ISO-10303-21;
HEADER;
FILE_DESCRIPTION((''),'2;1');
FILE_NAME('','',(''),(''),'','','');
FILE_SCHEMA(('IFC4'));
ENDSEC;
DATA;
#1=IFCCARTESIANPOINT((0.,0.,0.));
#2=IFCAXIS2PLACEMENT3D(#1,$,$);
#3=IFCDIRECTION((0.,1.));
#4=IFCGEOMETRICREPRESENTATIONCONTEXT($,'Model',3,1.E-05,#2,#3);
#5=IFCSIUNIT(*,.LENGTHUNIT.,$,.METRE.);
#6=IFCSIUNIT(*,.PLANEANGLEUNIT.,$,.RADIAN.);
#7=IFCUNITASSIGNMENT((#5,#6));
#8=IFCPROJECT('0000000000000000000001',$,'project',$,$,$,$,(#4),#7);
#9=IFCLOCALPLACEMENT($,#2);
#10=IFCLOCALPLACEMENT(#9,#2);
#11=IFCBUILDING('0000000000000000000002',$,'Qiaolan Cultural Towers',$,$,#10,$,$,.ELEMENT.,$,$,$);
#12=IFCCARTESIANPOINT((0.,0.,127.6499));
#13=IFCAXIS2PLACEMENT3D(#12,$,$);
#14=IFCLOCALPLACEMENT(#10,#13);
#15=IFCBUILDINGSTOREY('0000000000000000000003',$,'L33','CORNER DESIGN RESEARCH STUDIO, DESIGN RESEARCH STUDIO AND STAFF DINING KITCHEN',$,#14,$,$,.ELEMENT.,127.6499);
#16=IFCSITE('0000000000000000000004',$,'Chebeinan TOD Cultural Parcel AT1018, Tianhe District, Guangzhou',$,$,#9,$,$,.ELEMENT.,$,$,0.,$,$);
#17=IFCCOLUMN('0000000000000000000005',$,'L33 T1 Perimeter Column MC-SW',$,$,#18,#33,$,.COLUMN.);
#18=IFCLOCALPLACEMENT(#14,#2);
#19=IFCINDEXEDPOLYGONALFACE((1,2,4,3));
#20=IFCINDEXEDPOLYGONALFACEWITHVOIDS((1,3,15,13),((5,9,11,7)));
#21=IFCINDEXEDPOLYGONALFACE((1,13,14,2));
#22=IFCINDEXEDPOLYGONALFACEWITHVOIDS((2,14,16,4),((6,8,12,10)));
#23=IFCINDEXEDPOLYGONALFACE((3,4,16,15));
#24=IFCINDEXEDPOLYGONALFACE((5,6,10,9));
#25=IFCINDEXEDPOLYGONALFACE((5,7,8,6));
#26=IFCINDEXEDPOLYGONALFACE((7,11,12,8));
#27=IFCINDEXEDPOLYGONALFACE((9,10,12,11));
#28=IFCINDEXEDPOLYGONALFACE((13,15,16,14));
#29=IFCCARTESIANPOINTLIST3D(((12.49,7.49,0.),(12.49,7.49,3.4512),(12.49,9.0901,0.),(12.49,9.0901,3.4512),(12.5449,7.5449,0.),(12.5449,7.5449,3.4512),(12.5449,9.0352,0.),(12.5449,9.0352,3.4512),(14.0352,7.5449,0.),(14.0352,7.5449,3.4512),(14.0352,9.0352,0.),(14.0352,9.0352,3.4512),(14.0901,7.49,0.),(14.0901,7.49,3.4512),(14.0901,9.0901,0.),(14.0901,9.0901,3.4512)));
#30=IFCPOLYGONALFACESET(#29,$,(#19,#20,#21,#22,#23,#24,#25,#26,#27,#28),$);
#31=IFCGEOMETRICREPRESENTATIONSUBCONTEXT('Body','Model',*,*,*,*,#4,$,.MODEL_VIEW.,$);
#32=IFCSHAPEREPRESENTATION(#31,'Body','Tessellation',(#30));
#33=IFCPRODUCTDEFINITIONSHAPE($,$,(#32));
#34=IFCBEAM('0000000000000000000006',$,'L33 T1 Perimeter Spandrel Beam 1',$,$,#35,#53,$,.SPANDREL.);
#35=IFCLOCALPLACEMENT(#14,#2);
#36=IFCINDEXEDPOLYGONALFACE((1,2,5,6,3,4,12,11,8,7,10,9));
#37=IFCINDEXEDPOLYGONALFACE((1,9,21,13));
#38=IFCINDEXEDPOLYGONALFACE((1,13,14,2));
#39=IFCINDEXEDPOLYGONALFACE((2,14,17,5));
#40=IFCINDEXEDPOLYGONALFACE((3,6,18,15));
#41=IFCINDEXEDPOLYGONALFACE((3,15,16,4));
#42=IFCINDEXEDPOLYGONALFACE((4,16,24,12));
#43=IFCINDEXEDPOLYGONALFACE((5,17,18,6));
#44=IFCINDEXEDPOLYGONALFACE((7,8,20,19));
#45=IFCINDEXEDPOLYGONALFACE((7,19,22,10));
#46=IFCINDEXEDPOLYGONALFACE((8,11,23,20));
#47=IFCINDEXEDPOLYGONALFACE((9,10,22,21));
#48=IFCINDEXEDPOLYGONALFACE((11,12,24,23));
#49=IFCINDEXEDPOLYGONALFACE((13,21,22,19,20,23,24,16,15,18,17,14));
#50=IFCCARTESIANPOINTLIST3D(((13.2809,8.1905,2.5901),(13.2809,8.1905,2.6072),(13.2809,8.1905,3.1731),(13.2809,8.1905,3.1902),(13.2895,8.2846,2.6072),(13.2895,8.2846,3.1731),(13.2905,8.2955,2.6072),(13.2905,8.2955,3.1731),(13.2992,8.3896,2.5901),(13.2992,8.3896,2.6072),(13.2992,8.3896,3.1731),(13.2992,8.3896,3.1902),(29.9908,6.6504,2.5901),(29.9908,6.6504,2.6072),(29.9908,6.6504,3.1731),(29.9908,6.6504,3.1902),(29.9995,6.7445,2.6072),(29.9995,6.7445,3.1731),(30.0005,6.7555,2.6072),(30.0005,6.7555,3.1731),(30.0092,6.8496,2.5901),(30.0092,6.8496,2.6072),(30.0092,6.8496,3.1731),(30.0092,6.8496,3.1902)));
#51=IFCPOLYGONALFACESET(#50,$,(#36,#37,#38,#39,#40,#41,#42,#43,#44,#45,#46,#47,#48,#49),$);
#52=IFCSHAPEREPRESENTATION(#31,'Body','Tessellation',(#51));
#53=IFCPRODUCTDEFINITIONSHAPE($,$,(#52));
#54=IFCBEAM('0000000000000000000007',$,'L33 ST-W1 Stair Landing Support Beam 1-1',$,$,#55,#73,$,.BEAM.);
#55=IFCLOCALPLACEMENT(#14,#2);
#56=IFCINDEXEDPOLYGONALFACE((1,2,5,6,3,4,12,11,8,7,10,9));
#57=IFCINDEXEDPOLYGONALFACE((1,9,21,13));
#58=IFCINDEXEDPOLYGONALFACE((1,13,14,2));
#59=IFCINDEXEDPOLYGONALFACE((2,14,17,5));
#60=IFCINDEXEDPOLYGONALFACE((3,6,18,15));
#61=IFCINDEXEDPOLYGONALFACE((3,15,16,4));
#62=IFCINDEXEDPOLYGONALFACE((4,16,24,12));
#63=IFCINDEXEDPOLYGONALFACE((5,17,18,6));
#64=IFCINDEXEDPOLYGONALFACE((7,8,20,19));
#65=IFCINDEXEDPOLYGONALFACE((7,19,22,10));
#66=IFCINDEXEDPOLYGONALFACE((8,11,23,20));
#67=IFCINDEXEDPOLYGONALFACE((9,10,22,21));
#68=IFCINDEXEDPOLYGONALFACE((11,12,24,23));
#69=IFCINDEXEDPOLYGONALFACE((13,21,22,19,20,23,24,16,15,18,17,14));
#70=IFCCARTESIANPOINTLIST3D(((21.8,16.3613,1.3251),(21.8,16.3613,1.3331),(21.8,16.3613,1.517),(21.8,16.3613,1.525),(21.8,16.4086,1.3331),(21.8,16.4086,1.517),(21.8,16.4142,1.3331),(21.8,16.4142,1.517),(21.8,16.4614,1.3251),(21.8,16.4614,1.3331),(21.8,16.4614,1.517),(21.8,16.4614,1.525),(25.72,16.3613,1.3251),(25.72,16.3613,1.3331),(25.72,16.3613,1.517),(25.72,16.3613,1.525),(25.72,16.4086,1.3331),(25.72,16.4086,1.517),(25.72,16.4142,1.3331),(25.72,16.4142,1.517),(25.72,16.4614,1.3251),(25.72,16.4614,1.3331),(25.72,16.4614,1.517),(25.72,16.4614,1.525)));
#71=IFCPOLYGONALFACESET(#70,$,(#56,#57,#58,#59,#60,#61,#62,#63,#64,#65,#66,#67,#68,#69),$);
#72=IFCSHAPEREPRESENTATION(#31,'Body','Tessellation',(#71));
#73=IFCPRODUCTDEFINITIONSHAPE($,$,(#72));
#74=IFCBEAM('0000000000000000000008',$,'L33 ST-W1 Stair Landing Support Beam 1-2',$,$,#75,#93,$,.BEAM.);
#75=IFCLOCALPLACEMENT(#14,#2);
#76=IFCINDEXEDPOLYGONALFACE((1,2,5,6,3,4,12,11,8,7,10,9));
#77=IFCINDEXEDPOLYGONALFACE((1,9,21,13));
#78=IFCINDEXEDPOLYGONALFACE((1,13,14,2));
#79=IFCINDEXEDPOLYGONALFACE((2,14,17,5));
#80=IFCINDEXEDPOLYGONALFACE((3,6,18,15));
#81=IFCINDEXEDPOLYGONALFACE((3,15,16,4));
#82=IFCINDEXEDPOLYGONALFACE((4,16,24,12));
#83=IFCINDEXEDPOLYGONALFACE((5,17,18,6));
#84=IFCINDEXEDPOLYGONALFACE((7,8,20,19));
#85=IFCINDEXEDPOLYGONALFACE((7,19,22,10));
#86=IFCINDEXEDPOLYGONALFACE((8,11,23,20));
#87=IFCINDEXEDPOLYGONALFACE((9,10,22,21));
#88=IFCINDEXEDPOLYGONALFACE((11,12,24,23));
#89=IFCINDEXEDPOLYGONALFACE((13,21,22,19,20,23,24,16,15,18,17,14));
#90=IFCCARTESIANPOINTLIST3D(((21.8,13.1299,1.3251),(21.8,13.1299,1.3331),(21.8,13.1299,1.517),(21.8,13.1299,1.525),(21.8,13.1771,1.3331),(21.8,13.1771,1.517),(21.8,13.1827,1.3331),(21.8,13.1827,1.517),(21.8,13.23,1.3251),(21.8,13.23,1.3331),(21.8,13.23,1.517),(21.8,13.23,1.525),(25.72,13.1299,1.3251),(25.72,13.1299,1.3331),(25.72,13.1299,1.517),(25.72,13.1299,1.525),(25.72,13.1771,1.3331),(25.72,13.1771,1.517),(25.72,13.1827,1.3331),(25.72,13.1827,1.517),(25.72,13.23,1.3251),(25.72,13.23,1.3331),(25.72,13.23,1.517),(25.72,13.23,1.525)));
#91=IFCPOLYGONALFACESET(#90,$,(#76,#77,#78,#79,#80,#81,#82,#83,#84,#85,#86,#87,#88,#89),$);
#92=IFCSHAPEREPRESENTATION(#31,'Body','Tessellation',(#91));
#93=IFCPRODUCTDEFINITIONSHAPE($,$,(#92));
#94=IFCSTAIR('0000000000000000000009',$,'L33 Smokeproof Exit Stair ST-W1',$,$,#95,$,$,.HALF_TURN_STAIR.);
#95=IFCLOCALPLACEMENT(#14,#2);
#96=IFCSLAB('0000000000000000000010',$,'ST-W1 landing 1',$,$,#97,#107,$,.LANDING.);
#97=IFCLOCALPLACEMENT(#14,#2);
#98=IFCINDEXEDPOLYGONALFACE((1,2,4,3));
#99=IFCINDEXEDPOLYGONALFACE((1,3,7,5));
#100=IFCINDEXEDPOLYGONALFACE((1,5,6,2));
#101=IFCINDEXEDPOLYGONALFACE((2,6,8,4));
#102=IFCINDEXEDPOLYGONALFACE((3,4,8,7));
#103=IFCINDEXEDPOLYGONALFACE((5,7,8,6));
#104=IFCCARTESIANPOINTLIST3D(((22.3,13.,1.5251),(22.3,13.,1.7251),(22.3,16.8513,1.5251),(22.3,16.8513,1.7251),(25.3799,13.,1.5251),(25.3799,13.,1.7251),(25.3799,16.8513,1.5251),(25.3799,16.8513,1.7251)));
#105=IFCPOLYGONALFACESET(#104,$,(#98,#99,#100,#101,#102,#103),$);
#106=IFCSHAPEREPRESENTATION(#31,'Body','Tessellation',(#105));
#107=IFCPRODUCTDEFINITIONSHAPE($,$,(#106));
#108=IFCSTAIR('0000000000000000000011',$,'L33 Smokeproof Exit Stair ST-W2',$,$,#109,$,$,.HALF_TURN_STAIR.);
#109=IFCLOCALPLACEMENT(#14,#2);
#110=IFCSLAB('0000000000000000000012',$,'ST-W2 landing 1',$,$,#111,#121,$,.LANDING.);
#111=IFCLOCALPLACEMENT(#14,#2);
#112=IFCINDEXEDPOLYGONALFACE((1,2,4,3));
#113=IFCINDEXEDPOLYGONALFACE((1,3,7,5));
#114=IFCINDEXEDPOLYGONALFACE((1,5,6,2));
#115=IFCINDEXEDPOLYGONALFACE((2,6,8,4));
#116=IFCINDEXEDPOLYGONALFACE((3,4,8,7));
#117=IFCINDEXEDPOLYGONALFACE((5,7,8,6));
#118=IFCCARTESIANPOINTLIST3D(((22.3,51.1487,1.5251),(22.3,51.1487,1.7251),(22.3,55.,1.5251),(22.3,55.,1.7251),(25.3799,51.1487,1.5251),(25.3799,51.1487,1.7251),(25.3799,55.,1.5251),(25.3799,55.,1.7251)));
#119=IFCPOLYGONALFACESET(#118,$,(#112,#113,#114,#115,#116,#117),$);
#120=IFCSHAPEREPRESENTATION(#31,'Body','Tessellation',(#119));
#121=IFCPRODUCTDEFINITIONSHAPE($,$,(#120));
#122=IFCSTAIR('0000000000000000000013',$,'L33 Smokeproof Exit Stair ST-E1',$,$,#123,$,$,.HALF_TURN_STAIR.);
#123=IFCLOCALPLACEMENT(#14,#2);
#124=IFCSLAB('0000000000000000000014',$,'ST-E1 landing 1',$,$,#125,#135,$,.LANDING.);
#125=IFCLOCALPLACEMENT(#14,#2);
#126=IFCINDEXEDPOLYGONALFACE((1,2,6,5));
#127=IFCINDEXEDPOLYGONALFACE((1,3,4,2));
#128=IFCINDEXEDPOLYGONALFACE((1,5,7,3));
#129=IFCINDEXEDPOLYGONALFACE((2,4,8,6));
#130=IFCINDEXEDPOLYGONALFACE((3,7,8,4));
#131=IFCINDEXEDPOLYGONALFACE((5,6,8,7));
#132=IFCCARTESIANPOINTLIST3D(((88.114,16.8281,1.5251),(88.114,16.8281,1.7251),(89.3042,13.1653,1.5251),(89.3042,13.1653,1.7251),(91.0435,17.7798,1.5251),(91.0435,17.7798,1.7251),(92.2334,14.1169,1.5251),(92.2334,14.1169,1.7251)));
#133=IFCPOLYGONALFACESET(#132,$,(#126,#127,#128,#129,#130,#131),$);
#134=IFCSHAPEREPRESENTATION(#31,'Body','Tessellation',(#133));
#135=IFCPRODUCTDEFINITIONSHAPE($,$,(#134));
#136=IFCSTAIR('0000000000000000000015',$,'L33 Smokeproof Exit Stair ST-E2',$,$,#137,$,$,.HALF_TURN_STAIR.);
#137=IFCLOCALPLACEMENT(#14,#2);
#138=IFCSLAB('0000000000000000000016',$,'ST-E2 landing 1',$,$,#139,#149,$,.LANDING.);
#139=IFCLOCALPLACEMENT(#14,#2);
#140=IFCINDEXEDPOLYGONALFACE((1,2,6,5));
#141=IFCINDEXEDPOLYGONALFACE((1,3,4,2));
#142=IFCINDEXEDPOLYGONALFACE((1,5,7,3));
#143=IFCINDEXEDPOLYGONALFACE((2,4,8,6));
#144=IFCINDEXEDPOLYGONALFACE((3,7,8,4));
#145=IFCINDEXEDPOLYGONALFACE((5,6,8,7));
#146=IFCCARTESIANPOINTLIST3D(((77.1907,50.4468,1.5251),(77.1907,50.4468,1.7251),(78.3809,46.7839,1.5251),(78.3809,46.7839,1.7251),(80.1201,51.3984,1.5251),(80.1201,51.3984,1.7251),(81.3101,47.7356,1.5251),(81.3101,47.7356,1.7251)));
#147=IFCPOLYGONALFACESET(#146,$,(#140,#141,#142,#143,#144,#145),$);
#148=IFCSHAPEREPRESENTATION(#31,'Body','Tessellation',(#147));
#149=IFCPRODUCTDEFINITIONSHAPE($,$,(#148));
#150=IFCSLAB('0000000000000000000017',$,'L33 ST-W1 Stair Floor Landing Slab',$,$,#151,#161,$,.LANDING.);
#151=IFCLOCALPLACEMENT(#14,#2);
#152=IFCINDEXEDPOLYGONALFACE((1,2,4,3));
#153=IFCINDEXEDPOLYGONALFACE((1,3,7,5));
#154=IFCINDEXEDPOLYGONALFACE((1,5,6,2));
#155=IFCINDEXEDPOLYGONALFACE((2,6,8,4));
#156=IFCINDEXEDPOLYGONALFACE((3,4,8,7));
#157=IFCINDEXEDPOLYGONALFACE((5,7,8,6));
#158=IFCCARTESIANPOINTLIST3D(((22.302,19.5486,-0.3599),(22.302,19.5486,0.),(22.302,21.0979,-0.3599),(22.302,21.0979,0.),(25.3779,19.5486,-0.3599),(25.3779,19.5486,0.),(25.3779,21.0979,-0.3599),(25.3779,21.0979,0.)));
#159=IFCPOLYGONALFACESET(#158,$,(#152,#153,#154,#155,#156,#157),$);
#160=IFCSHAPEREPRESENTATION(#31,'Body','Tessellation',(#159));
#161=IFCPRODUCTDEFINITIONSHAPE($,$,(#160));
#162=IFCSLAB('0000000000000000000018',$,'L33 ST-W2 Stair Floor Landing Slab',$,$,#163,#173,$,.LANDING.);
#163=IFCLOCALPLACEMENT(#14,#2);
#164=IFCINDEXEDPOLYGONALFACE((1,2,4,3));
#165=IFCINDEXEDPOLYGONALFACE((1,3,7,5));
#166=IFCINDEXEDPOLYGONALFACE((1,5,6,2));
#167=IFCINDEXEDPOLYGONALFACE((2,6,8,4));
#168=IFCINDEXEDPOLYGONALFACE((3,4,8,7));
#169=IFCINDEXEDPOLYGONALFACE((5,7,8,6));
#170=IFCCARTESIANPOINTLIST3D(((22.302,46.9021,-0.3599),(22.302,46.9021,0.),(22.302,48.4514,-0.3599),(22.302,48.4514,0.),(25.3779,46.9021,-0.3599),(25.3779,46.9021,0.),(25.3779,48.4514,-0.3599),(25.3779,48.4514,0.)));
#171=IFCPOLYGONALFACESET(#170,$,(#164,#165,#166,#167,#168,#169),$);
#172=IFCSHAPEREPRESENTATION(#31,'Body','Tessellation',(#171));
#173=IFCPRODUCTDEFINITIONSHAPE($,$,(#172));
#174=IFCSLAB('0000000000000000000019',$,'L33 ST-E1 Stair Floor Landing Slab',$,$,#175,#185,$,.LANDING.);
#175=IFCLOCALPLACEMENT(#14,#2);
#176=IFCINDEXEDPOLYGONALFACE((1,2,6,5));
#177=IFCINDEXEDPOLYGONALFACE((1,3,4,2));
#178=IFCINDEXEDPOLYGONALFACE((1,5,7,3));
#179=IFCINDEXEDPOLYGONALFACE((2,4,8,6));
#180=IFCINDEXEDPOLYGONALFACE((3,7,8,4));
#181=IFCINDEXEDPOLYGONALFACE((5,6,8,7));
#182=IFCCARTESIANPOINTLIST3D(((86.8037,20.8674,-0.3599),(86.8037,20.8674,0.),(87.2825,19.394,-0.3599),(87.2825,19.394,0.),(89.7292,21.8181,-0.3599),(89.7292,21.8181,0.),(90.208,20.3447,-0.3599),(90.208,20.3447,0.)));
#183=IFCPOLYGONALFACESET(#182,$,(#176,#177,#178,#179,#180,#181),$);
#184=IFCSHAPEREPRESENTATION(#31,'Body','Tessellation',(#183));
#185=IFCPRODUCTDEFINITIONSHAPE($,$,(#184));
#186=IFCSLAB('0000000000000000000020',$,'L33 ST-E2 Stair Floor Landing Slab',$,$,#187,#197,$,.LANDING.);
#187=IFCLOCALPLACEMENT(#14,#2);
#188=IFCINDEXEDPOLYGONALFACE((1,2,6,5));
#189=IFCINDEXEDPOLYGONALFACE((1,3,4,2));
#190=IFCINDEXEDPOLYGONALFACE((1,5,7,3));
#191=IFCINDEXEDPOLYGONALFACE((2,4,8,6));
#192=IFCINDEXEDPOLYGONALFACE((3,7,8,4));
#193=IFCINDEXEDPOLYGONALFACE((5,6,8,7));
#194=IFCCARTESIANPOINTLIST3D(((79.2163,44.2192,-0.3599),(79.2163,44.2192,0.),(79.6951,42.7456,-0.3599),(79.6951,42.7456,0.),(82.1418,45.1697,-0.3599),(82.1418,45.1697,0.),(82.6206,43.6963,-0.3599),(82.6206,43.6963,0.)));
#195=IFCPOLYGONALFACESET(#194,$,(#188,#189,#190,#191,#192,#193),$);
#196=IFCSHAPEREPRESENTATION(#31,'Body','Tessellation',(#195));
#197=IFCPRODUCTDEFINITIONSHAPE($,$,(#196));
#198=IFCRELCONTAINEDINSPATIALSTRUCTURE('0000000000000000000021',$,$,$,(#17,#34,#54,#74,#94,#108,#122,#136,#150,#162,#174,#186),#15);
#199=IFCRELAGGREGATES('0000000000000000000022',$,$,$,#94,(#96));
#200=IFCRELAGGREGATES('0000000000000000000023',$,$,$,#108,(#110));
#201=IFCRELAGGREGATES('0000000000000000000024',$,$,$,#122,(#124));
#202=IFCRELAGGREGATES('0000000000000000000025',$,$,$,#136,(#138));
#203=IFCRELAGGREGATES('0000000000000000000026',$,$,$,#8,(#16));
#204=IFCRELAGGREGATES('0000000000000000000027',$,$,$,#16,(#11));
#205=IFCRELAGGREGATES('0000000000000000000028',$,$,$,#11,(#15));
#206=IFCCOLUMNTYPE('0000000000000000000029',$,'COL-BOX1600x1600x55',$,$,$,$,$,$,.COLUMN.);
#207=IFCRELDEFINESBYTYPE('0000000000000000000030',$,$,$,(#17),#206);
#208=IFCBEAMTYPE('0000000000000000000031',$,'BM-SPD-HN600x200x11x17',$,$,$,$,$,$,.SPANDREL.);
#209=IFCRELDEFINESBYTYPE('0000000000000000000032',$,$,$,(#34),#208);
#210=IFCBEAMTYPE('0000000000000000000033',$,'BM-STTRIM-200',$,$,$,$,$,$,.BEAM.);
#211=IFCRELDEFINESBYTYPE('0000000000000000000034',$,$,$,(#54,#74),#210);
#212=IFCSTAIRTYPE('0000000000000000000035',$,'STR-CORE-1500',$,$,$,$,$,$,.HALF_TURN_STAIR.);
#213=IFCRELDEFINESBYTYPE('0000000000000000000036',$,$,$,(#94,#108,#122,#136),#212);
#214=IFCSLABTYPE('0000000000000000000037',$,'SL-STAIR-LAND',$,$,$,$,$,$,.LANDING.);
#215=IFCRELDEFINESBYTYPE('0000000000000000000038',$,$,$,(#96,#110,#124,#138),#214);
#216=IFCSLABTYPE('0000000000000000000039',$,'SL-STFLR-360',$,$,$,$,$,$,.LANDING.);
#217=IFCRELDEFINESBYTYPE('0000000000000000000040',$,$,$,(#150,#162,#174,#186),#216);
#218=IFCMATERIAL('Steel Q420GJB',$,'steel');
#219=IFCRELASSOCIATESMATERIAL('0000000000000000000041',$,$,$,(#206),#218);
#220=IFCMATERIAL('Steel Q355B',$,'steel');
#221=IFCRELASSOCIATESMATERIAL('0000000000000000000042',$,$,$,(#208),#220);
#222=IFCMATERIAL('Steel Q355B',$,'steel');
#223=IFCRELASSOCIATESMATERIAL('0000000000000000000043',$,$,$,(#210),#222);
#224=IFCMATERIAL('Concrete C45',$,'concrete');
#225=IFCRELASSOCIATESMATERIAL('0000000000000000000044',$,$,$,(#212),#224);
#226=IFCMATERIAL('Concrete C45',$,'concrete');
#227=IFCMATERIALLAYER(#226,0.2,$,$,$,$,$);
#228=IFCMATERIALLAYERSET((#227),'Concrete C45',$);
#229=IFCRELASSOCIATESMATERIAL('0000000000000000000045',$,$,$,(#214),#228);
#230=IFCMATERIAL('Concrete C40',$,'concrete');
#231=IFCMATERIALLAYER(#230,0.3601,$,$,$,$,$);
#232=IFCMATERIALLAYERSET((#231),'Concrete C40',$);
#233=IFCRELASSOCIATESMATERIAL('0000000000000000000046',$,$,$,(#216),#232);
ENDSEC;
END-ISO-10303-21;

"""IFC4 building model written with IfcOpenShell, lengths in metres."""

from ifc_helpers import new_model, si_unit, direction, frame, origin, origin_2d, place, context, subcontext, project, spatial, polyline, hollow_rectangle, i_section, outline, extrude, material, layer, layer_set, material_profile, profile_set, type_object, element, aggregate, save


model = new_model("IFC4")

# Units and contexts
model_context = context("Model", 3, precision=1e-05, world=origin(), true_north=direction((0.0, 1.0)))
body_context = subcontext(model_context, "Body", "Model", "MODEL_VIEW")
ifc_project = project(units=[si_unit("LENGTHUNIT", "METRE"), si_unit("PLANEANGLEUNIT", "RADIAN")], contexts=[model_context])

# Site, building, storey
site_placement = place(None, origin())
site = spatial("IfcSite", under=ifc_project, at=site_placement, Name="Chebeinan TOD Cultural Parcel AT1018, Tianhe District, Guangzhou", CompositionType="ELEMENT", RefElevation=0.0)
building_placement = place(site_placement, origin())
building = spatial("IfcBuilding", under=site, at=building_placement, Name="Qiaolan Cultural Towers", CompositionType="ELEMENT")
storey_placement = place(building_placement, frame((0.0, 0.0, 127.6499)))
storey = spatial("IfcBuildingStorey", under=building, at=storey_placement, Name="L33", Description="CORNER DESIGN RESEARCH STUDIO, DESIGN RESEARCH STUDIO AND STAFF DINING KITCHEN", CompositionType="ELEMENT", Elevation=127.6499)

# Column
ifc_material_1 = material(Name="Steel Q420GJB", Category="steel")
ifc_material_profile_1 = material_profile(ifc_material_1, hollow_rectangle(XDim=1.6001, YDim=1.6001, WallThickness=0.0549, at=origin_2d()), Name="BOX1600x1600x55")
ifc_profile_set_1 = profile_set([ifc_material_profile_1], Name="Steel Q420GJB")
column_type = type_object("IfcColumnType", Name="COL-BOX1600x1600x55", PredefinedType="COLUMN", material=ifc_profile_set_1)
column_placement = place(storey_placement, frame((13.29, 8.29, 0.0), z_axis=(0.0, 0.0, 1.0), x_axis=(1.0, 0.0, 0.0)))
element("IfcColumn", 1, at=column_placement, inside=storey, type_object=column_type, Name="L33 T1 Perimeter Column MC-SW", PredefinedType="COLUMN", context=body_context, shape_type="SweptSolid", body=[
    extrude(hollow_rectangle(XDim=1.6001, YDim=1.6001, WallThickness=0.0549, at=origin_2d()), origin(), (0.0, 0.0, 1.0), 3.4512),
])

# Beams
ifc_material_2 = material(Name="Steel Q355B", Category="steel")
ifc_material_profile_2 = material_profile(ifc_material_2, i_section(OverallWidth=0.2, OverallDepth=0.6001, WebThickness=0.011, FlangeThickness=0.0171, at=origin_2d()), Name="HN600x200x11x17")
ifc_profile_set_2 = profile_set([ifc_material_profile_2], Name="Steel Q355B")
beam_type_1 = type_object("IfcBeamType", Name="BM-SPD-HN600x200x11x17", PredefinedType="SPANDREL", material=ifc_profile_set_2)
beam_placement = place(storey_placement, frame((13.29, 8.29, 2.8901), z_axis=(0.99578, -0.091774, 0.0), x_axis=(0.091774, 0.99578, 0.0)))
element("IfcBeam", 2, at=beam_placement, inside=storey, type_object=beam_type_1, Name="L33 T1 Perimeter Spandrel Beam 1", PredefinedType="SPANDREL", context=body_context, shape_type="SweptSolid", body=[
    extrude(i_section(OverallWidth=0.2, OverallDepth=0.6001, WebThickness=0.011, FlangeThickness=0.0171, at=origin_2d()), origin(), (0.0, 0.0, 1.0), 16.7808),
])
ifc_material_3 = material(Name="Steel Q355B", Category="steel")
ifc_material_profile_3 = material_profile(ifc_material_3, i_section(OverallWidth=0.1001, OverallDepth=0.2, WebThickness=0.0056, FlangeThickness=0.0081, at=origin_2d()), Name="HN200x100x5.5x8")
ifc_profile_set_3 = profile_set([ifc_material_profile_3], Name="Steel Q355B")
beam_type_2 = type_object("IfcBeamType", Name="BM-STTRIM-200", PredefinedType="BEAM", material=ifc_profile_set_3)
for number, where, z_axis, x_axis, name in (
    (3, (21.8, 16.4114, 1.425), (1.0, 0.0, 0.0), (0.0, 1.0, 0.0), "L33 ST-W1 Stair Landing Support Beam 1-1"),
    (4, (21.8, 13.1799, 1.425), (1.0, 0.0, 0.0), (0.0, 1.0, 0.0), "L33 ST-W1 Stair Landing Support Beam 1-2"),
):
    element("IfcBeam", number, at=place(storey_placement, frame(where, z_axis=z_axis, x_axis=x_axis)), inside=storey, type_object=beam_type_2, Name=name, PredefinedType="BEAM", context=body_context, shape_type="SweptSolid", body=[
        extrude(i_section(OverallWidth=0.1001, OverallDepth=0.2, WebThickness=0.0056, FlangeThickness=0.0081, at=origin_2d()), origin(), (0.0, 0.0, 1.0), 3.9199),
    ])

# Stairs, slabs
ifc_material_4 = material(Name="Concrete C45", Category="concrete")
stair_type = type_object("IfcStairType", Name="STR-CORE-1500", PredefinedType="HALF_TURN_STAIR", material=ifc_material_4)
stair_1_placement = place(storey_placement, origin())
stair_1 = element("IfcStair", 5, at=stair_1_placement, inside=storey, type_object=stair_type, Name="L33 Smokeproof Exit Stair ST-W1", PredefinedType="HALF_TURN_STAIR")
ifc_material_5 = material(Name="Concrete C45", Category="concrete")
ifc_layer_1 = layer(ifc_material_5, 0.2)
ifc_layer_set_1 = layer_set([ifc_layer_1], Name="Concrete C45")
slab_type_1 = type_object("IfcSlabType", Name="SL-STAIR-LAND", PredefinedType="LANDING", material=ifc_layer_set_1)
slab_1_placement = place(storey_placement, frame((0.0, 0.0, 1.5251)))
slab_1 = element("IfcSlab", 6, at=slab_1_placement, type_object=slab_type_1, Name="ST-W1 landing 1", PredefinedType="LANDING", context=body_context, shape_type="SweptSolid", body=[
    extrude(outline(polyline([(22.3, 16.8513), (22.3, 13.0), (25.3799, 13.0), (25.3799, 16.8513), (22.3, 16.8513)])), origin(), (0.0, 0.0, 1.0), 0.2),
])
aggregate(stair_1, [slab_1])
stair_2_placement = place(storey_placement, origin())
stair_2 = element("IfcStair", 7, at=stair_2_placement, inside=storey, type_object=stair_type, Name="L33 Smokeproof Exit Stair ST-W2", PredefinedType="HALF_TURN_STAIR")
slab_2_placement = place(storey_placement, frame((0.0, 0.0, 1.5251)))
slab_2 = element("IfcSlab", 8, at=slab_2_placement, type_object=slab_type_1, Name="ST-W2 landing 1", PredefinedType="LANDING", context=body_context, shape_type="SweptSolid", body=[
    extrude(outline(polyline([(25.3799, 51.1487), (25.3799, 55.0), (22.3, 55.0), (22.3, 51.1487), (25.3799, 51.1487)])), origin(), (0.0, 0.0, 1.0), 0.2),
])
aggregate(stair_2, [slab_2])
stair_3_placement = place(storey_placement, origin())
stair_3 = element("IfcStair", 9, at=stair_3_placement, inside=storey, type_object=stair_type, Name="L33 Smokeproof Exit Stair ST-E1", PredefinedType="HALF_TURN_STAIR")
slab_3_placement = place(storey_placement, frame((0.0, 0.0, 1.5251)))
slab_3 = element("IfcSlab", 10, at=slab_3_placement, type_object=slab_type_1, Name="ST-E1 landing 1", PredefinedType="LANDING", context=body_context, shape_type="SweptSolid", body=[
    extrude(outline(polyline([(88.114, 16.8281), (89.3042, 13.1653), (92.2334, 14.1169), (91.0435, 17.7798), (88.114, 16.8281)])), origin(), (0.0, 0.0, 1.0), 0.2),
])
aggregate(stair_3, [slab_3])
stair_4_placement = place(storey_placement, origin())
stair_4 = element("IfcStair", 11, at=stair_4_placement, inside=storey, type_object=stair_type, Name="L33 Smokeproof Exit Stair ST-E2", PredefinedType="HALF_TURN_STAIR")
slab_4_placement = place(storey_placement, frame((0.0, 0.0, 1.5251)))
slab_4 = element("IfcSlab", 12, at=slab_4_placement, type_object=slab_type_1, Name="ST-E2 landing 1", PredefinedType="LANDING", context=body_context, shape_type="SweptSolid", body=[
    extrude(outline(polyline([(81.3101, 47.7356), (80.1201, 51.3984), (77.1907, 50.4468), (78.3809, 46.7839), (81.3101, 47.7356)])), origin(), (0.0, 0.0, 1.0), 0.2),
])
aggregate(stair_4, [slab_4])

# Slabs
ifc_material_6 = material(Name="Concrete C40", Category="concrete")
ifc_layer_2 = layer(ifc_material_6, 0.3601)
ifc_layer_set_2 = layer_set([ifc_layer_2], Name="Concrete C40")
slab_type_2 = type_object("IfcSlabType", Name="SL-STFLR-360", PredefinedType="LANDING", material=ifc_layer_set_2)
slab_5_placement = place(storey_placement, frame((0.0, 0.0, -0.3599)))
element("IfcSlab", 13, at=slab_5_placement, inside=storey, type_object=slab_type_2, Name="L33 ST-W1 Stair Floor Landing Slab", PredefinedType="LANDING", context=body_context, shape_type="SweptSolid", body=[
    extrude(outline(polyline([(22.302, 21.0979), (22.302, 19.5486), (25.3779, 19.5486), (25.3779, 21.0979), (22.302, 21.0979)])), origin(), (0.0, 0.0, 1.0), 0.3599),
])
slab_6_placement = place(storey_placement, frame((0.0, 0.0, -0.3599)))
element("IfcSlab", 14, at=slab_6_placement, inside=storey, type_object=slab_type_2, Name="L33 ST-W2 Stair Floor Landing Slab", PredefinedType="LANDING", context=body_context, shape_type="SweptSolid", body=[
    extrude(outline(polyline([(25.3779, 46.9021), (25.3779, 48.4514), (22.302, 48.4514), (22.302, 46.9021), (25.3779, 46.9021)])), origin(), (0.0, 0.0, 1.0), 0.3599),
])
slab_7_placement = place(storey_placement, frame((0.0, 0.0, -0.3599)))
element("IfcSlab", 15, at=slab_7_placement, inside=storey, type_object=slab_type_2, Name="L33 ST-E1 Stair Floor Landing Slab", PredefinedType="LANDING", context=body_context, shape_type="SweptSolid", body=[
    extrude(outline(polyline([(86.8037, 20.8674), (87.2825, 19.394), (90.208, 20.3447), (89.7292, 21.8181), (86.8037, 20.8674)])), origin(), (0.0, 0.0, 1.0), 0.3599),
])
slab_8_placement = place(storey_placement, frame((0.0, 0.0, -0.3599)))
element("IfcSlab", 16, at=slab_8_placement, inside=storey, type_object=slab_type_2, Name="L33 ST-E2 Stair Floor Landing Slab", PredefinedType="LANDING", context=body_context, shape_type="SweptSolid", body=[
    extrude(outline(polyline([(82.6206, 43.6963), (82.1418, 45.1697), (79.2163, 44.2192), (79.6951, 42.7456), (82.6206, 43.6963)])), origin(), (0.0, 0.0, 1.0), 0.3599),
])

save(model, "model.ifc")
